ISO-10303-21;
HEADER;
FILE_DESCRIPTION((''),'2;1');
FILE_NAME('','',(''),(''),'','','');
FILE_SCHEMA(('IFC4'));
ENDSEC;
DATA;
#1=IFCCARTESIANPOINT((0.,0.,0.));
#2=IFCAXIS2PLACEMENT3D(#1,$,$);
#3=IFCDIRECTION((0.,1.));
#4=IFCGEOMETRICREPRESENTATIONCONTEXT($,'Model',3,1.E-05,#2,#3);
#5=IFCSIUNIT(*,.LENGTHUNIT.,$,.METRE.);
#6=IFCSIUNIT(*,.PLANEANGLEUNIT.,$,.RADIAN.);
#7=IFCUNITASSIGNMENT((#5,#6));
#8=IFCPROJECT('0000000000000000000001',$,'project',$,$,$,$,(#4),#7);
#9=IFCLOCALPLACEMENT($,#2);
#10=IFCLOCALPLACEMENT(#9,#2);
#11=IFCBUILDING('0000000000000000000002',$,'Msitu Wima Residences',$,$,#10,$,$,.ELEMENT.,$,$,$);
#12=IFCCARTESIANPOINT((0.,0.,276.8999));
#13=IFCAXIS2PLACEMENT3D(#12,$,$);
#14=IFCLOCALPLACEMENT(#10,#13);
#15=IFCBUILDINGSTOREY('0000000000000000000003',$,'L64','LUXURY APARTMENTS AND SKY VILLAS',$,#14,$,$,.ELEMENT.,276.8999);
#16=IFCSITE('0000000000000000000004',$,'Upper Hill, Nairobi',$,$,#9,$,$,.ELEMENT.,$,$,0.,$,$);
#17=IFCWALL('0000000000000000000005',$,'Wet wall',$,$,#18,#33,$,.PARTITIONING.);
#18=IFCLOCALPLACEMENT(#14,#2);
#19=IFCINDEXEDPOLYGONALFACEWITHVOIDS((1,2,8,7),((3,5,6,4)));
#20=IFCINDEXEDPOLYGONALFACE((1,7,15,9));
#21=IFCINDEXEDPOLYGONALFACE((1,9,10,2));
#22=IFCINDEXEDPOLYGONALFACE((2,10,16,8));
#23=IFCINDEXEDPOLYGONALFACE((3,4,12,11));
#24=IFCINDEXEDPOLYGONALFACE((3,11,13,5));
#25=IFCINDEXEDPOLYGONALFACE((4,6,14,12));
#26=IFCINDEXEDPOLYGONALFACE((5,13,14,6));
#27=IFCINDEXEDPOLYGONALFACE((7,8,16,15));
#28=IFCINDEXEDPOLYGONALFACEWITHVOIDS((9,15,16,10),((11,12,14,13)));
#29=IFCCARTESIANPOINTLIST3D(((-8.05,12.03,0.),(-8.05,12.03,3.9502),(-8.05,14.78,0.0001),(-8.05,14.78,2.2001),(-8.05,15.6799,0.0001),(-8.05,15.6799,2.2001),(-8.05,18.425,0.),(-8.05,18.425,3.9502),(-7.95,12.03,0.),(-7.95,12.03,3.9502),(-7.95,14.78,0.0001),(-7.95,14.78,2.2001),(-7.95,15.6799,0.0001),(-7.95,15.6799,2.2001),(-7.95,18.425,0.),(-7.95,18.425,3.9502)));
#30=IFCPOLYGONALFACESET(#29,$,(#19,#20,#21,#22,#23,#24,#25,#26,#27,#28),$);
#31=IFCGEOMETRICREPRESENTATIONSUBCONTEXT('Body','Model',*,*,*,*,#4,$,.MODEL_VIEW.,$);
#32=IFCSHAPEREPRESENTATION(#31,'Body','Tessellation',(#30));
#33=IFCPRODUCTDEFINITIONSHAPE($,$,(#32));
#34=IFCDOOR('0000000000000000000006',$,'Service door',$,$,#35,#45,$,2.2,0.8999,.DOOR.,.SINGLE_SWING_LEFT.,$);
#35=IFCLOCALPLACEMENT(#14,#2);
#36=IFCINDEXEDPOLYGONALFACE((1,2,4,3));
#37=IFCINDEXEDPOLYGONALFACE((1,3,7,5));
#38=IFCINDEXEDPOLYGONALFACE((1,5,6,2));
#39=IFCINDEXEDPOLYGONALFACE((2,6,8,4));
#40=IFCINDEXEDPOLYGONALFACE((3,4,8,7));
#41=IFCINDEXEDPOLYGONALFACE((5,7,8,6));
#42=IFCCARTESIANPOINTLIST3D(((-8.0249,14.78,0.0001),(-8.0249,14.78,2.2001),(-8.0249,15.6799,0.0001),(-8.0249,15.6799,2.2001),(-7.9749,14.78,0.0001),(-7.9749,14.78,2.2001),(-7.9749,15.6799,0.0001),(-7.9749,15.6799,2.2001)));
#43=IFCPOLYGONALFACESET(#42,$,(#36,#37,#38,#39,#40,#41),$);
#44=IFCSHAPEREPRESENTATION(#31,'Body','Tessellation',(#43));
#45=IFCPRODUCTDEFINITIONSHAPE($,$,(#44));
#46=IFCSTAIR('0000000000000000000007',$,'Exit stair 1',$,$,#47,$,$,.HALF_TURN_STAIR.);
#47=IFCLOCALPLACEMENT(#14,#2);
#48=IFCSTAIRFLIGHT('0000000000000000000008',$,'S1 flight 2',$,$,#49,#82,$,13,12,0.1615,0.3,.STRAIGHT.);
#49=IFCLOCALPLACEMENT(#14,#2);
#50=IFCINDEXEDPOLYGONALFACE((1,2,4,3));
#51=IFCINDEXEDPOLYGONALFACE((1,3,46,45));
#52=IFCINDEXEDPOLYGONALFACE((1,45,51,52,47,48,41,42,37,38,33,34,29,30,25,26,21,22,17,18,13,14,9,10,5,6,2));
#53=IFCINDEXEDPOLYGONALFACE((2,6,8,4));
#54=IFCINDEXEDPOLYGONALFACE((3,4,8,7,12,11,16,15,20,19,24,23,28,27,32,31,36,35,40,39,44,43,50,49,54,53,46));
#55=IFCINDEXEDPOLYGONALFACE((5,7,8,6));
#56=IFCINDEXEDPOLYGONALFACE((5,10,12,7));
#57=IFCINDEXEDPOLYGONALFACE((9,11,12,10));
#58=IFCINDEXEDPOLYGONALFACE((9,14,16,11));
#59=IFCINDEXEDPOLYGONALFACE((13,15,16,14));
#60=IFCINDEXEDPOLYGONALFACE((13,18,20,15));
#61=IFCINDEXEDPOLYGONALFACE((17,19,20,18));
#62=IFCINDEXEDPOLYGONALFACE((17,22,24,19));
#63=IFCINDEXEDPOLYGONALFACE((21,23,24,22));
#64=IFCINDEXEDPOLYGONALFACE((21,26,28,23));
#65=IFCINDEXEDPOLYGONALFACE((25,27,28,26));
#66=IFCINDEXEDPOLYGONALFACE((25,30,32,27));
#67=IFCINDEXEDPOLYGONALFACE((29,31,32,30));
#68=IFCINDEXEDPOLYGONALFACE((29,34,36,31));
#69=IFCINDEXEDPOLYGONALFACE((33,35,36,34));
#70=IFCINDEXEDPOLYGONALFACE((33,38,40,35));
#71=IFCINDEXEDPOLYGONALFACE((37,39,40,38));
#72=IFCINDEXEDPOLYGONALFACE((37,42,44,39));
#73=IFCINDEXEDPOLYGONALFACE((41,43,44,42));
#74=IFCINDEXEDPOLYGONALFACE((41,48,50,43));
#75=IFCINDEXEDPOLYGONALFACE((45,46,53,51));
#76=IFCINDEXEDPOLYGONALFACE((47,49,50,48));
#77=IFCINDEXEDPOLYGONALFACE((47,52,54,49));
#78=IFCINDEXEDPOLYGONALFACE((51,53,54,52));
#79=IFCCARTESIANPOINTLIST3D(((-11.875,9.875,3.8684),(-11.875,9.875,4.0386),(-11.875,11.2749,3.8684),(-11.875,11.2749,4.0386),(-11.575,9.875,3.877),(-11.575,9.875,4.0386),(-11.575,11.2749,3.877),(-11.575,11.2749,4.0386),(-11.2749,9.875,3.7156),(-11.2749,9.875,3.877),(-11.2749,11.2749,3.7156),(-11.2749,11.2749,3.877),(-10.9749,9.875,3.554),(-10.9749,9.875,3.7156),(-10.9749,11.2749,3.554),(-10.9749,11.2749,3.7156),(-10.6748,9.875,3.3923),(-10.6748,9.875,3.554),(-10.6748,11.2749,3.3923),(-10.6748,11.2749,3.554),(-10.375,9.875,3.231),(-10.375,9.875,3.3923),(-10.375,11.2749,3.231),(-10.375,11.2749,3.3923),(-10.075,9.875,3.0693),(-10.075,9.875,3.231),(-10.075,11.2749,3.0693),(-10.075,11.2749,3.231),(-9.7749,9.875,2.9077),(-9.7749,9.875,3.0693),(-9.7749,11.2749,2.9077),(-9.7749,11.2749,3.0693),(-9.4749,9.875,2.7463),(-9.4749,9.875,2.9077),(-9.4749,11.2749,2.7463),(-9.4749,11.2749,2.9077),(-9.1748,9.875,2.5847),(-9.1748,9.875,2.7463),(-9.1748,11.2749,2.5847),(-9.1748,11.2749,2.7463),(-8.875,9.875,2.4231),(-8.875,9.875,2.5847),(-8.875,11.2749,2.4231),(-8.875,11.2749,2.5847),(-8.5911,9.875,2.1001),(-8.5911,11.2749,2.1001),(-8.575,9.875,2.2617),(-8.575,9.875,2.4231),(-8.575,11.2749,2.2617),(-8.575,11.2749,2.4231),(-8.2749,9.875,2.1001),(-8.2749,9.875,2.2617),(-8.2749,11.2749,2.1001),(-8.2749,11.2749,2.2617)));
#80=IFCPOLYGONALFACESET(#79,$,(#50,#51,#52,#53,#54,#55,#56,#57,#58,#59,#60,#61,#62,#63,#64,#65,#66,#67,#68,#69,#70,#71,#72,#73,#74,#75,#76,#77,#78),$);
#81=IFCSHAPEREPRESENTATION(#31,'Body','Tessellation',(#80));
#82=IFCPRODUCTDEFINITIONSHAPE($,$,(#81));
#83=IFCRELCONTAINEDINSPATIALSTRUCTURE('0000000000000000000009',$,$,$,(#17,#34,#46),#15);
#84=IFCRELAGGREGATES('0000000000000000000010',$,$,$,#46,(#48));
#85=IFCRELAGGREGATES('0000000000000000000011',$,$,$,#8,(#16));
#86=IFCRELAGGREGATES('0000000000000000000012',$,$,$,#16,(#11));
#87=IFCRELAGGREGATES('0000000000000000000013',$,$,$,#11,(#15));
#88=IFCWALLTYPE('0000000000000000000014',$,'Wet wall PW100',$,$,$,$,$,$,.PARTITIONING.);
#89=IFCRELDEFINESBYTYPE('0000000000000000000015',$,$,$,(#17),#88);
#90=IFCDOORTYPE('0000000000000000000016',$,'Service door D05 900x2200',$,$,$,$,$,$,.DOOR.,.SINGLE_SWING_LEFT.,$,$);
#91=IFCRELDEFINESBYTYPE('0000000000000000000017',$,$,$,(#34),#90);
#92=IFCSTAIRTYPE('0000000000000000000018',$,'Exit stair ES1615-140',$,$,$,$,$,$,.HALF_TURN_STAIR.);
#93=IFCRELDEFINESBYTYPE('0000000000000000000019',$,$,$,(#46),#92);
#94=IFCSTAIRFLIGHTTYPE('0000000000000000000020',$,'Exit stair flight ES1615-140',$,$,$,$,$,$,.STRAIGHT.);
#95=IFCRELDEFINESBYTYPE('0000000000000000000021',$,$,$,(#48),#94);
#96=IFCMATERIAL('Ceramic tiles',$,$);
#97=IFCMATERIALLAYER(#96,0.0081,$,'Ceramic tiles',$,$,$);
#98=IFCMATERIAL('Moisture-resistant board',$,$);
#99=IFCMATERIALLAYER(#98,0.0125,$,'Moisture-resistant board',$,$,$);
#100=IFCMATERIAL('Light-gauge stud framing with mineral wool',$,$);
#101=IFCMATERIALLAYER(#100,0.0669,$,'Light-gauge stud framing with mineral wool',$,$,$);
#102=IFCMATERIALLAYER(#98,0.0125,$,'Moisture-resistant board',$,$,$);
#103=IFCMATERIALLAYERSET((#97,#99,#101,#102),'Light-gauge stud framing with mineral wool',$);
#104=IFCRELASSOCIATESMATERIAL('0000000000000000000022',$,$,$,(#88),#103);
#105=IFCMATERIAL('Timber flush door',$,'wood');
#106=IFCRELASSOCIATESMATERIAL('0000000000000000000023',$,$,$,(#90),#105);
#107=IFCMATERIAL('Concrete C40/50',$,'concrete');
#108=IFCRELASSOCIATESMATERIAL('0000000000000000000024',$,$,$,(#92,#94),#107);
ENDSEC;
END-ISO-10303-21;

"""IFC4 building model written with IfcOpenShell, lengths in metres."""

from ifc_helpers import new_model, si_unit, direction, frame, frame_2d, origin, place, context, subcontext, project, spatial, polyline, rectangle, outline, extrude, material, layer, layer_set, type_object, element, fill, aggregate, save


model = new_model("IFC4")

# Units and contexts
model_context = context("Model", 3, precision=1e-05, world=origin(), true_north=direction((0.0, 1.0)))
body_context = subcontext(model_context, "Body", "Model", "MODEL_VIEW")
ifc_project = project(units=[si_unit("LENGTHUNIT", "METRE"), si_unit("PLANEANGLEUNIT", "RADIAN")], contexts=[model_context])

# Site, building, storey
site_placement = place(None, origin())
site = spatial("IfcSite", under=ifc_project, at=site_placement, Name="Upper Hill, Nairobi", CompositionType="ELEMENT", RefElevation=0.0)
building_placement = place(site_placement, origin())
building = spatial("IfcBuilding", under=site, at=building_placement, Name="Msitu Wima Residences", CompositionType="ELEMENT")
storey_placement = place(building_placement, frame((0.0, 0.0, 276.8999)))
storey = spatial("IfcBuildingStorey", under=building, at=storey_placement, Name="L64", Description="LUXURY APARTMENTS AND SKY VILLAS", CompositionType="ELEMENT", Elevation=276.8999)

# Shared definitions
ifc_material_1 = material(Name="Concrete C40/50", Category="concrete")

# Shared definitions
ifc_material_2 = material(Name="Timber flush door", Category="wood")

# Shared definitions
ifc_material_3 = material(Name="Ceramic tiles")
ifc_layer_1 = layer(ifc_material_3, 0.0081, Name="Ceramic tiles")
ifc_material_4 = material(Name="Moisture-resistant board")
ifc_layer_2 = layer(ifc_material_4, 0.0125, Name="Moisture-resistant board")
ifc_material_5 = material(Name="Light-gauge stud framing with mineral wool")
ifc_layer_3 = layer(ifc_material_5, 0.0669, Name="Light-gauge stud framing with mineral wool")
ifc_layer_4 = layer(ifc_material_4, 0.0125, Name="Moisture-resistant board")
ifc_layer_set_1 = layer_set([ifc_layer_1, ifc_layer_2, ifc_layer_3, ifc_layer_4], Name="Light-gauge stud framing with mineral wool")
wall_type_1 = type_object("IfcWallType", Name="Wet wall PW100", PredefinedType="PARTITIONING", material=ifc_layer_set_1)

# Wall, opening, door
wall_1_placement = place(storey_placement, frame((-8.0, 12.03, 0.0), z_axis=(0.0, 0.0, 1.0), x_axis=(0.0, 1.0, 0.0)))
wall_1 = element("IfcWall", 1, at=wall_1_placement, inside=storey, type_object=wall_type_1, Name="Wet wall", PredefinedType="PARTITIONING", context=body_context, shape_type="SweptSolid", body=[
    extrude(rectangle(XDim=6.395, YDim=0.1001, at=frame_2d((3.1975, 0.0))), origin(), (0.0, 0.0, 1.0), 3.9502),
])
opening_1_placement = place(wall_1_placement, frame((2.75, 0.0, 0.0)))
opening_1 = element("IfcOpeningElement", 2, at=opening_1_placement, cuts=wall_1, PredefinedType="OPENING", context=body_context, shape_type="SweptSolid", body=[
    extrude(rectangle(XDim=0.8999, YDim=2.2, at=frame_2d((0.45, 1.1001))), frame((0.0, 0.0601, 0.0), z_axis=(0.0, -1.0, 0.0), x_axis=(1.0, 0.0, 0.0)), (0.0, 0.0, 1.0), 0.1201),
])
door_type_1 = type_object("IfcDoorType", Name="Service door D05 900x2200", OperationType="SINGLE_SWING_LEFT", PredefinedType="DOOR", material=ifc_material_2)
door_1_placement = place(opening_1_placement, origin())
door_1 = element("IfcDoor", 3, at=door_1_placement, inside=storey, type_object=door_type_1, Name="Service door", OperationType="SINGLE_SWING_LEFT", OverallHeight=2.2, OverallWidth=0.8999, PredefinedType="DOOR", context=body_context, shape_type="SweptSolid", body=[
    extrude(rectangle(XDim=0.8999, YDim=2.2, at=frame_2d((0.45, 1.1001))), frame((0.0, 0.0249, 0.0), z_axis=(0.0, -1.0, 0.0), x_axis=(1.0, 0.0, 0.0)), (0.0, 0.0, 1.0), 0.05),
])
fill(opening_1, door_1)

# Stair, stair flight
stair_type = type_object("IfcStairType", Name="Exit stair ES1615-140", PredefinedType="HALF_TURN_STAIR", material=ifc_material_1)
stair_placement = place(storey_placement, origin())
stair = element("IfcStair", 4, at=stair_placement, inside=storey, type_object=stair_type, Name="Exit stair 1", PredefinedType="HALF_TURN_STAIR")
stair_flight_type = type_object("IfcStairFlightType", Name="Exit stair flight ES1615-140", PredefinedType="STRAIGHT", material=ifc_material_1)
stair_flight_placement = place(storey_placement, frame((-8.2749, 10.575, 2.1001), z_axis=(0.0, 0.0, 1.0), x_axis=(-1.0, 0.0, 0.0)))
stair_flight = element("IfcStairFlight", 5, at=stair_flight_placement, type_object=stair_flight_type, Name="S1 flight 2", NumberOfRisers=13, NumberOfTreads=12, PredefinedType="STRAIGHT", RiserHeight=0.1615, TreadLength=0.3, context=body_context, shape_type="SweptSolid", body=[
    extrude(outline(polyline([(0.0, 0.0), (0.0, 0.1616), (0.3, 0.1616), (0.3, 0.323), (0.6001, 0.323), (0.6001, 0.4846), (0.8999, 0.4846), (0.8999, 0.6462), (1.2, 0.6462), (1.2, 0.8076), (1.5, 0.8076), (1.5, 0.9692), (1.8, 0.9692), (1.8, 1.1309), (2.1001, 1.1309), (2.1001, 1.2922), (2.3999, 1.2922), (2.3999, 1.4539), (2.7, 1.4539), (2.7, 1.6155), (3.0, 1.6155), (3.0, 1.7769), (3.3, 1.7769), (3.3, 1.9385), (3.6001, 1.9385), (3.6001, 2.1001), (3.6001, 1.7683), (0.3162, 0.0), (0.0, 0.0)])), frame((0.0, 0.7, 0.0), z_axis=(0.0, -1.0, 0.0), x_axis=(1.0, 0.0, 0.0)), (0.0, 0.0, 1.0), 1.3999),
])
aggregate(stair, [stair_flight])

save(model, "model.ifc")
